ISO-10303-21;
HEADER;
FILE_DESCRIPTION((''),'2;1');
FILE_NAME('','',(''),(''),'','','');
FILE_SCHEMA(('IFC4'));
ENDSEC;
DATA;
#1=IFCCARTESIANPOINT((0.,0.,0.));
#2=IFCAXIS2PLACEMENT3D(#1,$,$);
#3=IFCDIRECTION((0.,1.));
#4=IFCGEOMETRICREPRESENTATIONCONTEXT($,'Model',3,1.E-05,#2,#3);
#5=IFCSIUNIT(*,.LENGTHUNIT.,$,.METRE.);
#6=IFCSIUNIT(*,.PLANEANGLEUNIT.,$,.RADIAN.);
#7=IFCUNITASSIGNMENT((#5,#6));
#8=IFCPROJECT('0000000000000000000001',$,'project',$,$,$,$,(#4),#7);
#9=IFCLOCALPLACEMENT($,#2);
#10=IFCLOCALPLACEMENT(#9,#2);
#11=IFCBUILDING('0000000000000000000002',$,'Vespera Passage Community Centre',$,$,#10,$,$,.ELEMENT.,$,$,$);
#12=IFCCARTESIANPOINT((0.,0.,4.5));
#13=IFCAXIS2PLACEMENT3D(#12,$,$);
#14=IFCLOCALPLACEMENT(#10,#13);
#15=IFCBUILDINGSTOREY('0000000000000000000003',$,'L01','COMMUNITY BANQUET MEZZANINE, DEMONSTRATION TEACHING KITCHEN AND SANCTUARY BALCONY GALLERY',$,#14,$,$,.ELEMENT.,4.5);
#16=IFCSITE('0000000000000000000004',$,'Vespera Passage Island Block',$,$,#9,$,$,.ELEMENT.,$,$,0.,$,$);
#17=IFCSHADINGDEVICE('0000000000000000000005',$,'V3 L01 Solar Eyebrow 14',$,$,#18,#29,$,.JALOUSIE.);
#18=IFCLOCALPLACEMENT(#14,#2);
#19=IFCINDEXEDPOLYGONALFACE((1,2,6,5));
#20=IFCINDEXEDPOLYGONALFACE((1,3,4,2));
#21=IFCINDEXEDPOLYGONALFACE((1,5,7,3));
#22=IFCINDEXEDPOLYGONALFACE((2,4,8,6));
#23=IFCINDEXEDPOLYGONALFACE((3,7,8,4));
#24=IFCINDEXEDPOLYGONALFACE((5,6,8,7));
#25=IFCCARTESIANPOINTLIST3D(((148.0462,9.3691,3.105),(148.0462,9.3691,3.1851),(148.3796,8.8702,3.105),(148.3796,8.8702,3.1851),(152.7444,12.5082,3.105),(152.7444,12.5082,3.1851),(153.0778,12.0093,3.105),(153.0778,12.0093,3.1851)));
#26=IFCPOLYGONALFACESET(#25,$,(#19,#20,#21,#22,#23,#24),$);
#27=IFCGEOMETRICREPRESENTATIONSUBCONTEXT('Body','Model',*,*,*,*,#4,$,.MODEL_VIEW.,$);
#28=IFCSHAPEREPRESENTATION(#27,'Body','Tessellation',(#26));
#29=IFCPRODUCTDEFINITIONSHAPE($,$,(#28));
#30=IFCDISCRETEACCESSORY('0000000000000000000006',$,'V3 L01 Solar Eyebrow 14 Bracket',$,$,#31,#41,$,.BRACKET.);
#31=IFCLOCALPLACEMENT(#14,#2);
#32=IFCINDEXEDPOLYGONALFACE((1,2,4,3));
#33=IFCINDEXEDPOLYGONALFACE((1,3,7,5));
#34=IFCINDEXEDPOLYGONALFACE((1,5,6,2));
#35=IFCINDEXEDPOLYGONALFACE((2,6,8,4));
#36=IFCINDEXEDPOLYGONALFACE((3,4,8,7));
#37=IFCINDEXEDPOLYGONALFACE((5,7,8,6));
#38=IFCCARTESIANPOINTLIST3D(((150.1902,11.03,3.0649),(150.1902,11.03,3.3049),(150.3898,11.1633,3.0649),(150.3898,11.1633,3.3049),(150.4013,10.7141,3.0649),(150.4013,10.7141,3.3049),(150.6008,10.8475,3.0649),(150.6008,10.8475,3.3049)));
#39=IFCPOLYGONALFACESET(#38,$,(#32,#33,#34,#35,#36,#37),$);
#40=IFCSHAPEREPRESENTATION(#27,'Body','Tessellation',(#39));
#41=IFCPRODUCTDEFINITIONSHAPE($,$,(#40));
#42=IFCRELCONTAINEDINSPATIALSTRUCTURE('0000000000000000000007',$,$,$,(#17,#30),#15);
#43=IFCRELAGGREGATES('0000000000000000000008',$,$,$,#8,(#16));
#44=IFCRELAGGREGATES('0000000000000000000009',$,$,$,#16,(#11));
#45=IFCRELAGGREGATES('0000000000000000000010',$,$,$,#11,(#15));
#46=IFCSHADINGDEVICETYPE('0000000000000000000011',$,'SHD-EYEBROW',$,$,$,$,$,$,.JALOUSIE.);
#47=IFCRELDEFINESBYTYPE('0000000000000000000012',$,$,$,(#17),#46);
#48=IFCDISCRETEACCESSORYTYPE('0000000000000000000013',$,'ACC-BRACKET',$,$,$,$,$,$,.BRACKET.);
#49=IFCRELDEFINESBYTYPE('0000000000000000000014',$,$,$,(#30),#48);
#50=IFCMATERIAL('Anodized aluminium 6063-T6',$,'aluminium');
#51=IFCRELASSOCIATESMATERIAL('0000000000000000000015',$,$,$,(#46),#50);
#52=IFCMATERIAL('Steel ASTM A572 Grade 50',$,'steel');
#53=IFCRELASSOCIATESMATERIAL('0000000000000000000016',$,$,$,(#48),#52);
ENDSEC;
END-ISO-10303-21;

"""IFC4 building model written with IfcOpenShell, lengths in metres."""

from ifc_helpers import new_model, si_unit, direction, frame, origin, origin_2d, place, context, subcontext, project, spatial, rectangle, extrude, material, type_object, element, save


model = new_model("IFC4")

# Units and contexts
model_context = context("Model", 3, precision=1e-05, world=origin(), true_north=direction((0.0, 1.0)))
body_context = subcontext(model_context, "Body", "Model", "MODEL_VIEW")
ifc_project = project(units=[si_unit("LENGTHUNIT", "METRE"), si_unit("PLANEANGLEUNIT", "RADIAN")], contexts=[model_context])

# Site, building, storey
site_placement = place(None, origin())
site = spatial("IfcSite", under=ifc_project, at=site_placement, Name="Vespera Passage Island Block", CompositionType="ELEMENT", RefElevation=0.0)
building_placement = place(site_placement, origin())
building = spatial("IfcBuilding", under=site, at=building_placement, Name="Vespera Passage Community Centre", CompositionType="ELEMENT")
storey_placement = place(building_placement, frame((0.0, 0.0, 4.5)))
storey = spatial("IfcBuildingStorey", under=building, at=storey_placement, Name="L01", Description="COMMUNITY BANQUET MEZZANINE, DEMONSTRATION TEACHING KITCHEN AND SANCTUARY BALCONY GALLERY", CompositionType="ELEMENT", Elevation=4.5)

# Shading device
ifc_material_1 = material(Name="Anodized aluminium 6063-T6", Category="aluminium")
shading_device_type = type_object("IfcShadingDeviceType", Name="SHD-EYEBROW", PredefinedType="JALOUSIE", material=ifc_material_1)
shading_device_placement = place(storey_placement, frame((150.562, 10.6892, 3.105), z_axis=(0.0, 0.0, 1.0), x_axis=(-0.831479, -0.555556, 0.0)))
element("IfcShadingDevice", 1, at=shading_device_placement, inside=storey, type_object=shading_device_type, Name="V3 L01 Solar Eyebrow 14", PredefinedType="JALOUSIE", context=body_context, shape_type="SweptSolid", body=[
    extrude(rectangle(XDim=5.6504, YDim=0.6001, at=origin_2d()), origin(), (0.0, 0.0, 1.0), 0.0801),
])

# Discrete accessory
ifc_material_2 = material(Name="Steel ASTM A572 Grade 50", Category="steel")
discrete_accessory_type = type_object("IfcDiscreteAccessoryType", Name="ACC-BRACKET", PredefinedType="BRACKET", material=ifc_material_2)
discrete_accessory_placement = place(storey_placement, frame((150.3955, 10.9387, 3.0649), z_axis=(0.0, 0.0, 1.0), x_axis=(-0.831479, -0.555556, 0.0)))
element("IfcDiscreteAccessory", 2, at=discrete_accessory_placement, inside=storey, type_object=discrete_accessory_type, Name="V3 L01 Solar Eyebrow 14 Bracket", PredefinedType="BRACKET", context=body_context, shape_type="SweptSolid", body=[
    extrude(rectangle(XDim=0.24, YDim=0.3799, at=origin_2d()), origin(), (0.0, 0.0, 1.0), 0.24),
])

save(model, "model.ifc")
